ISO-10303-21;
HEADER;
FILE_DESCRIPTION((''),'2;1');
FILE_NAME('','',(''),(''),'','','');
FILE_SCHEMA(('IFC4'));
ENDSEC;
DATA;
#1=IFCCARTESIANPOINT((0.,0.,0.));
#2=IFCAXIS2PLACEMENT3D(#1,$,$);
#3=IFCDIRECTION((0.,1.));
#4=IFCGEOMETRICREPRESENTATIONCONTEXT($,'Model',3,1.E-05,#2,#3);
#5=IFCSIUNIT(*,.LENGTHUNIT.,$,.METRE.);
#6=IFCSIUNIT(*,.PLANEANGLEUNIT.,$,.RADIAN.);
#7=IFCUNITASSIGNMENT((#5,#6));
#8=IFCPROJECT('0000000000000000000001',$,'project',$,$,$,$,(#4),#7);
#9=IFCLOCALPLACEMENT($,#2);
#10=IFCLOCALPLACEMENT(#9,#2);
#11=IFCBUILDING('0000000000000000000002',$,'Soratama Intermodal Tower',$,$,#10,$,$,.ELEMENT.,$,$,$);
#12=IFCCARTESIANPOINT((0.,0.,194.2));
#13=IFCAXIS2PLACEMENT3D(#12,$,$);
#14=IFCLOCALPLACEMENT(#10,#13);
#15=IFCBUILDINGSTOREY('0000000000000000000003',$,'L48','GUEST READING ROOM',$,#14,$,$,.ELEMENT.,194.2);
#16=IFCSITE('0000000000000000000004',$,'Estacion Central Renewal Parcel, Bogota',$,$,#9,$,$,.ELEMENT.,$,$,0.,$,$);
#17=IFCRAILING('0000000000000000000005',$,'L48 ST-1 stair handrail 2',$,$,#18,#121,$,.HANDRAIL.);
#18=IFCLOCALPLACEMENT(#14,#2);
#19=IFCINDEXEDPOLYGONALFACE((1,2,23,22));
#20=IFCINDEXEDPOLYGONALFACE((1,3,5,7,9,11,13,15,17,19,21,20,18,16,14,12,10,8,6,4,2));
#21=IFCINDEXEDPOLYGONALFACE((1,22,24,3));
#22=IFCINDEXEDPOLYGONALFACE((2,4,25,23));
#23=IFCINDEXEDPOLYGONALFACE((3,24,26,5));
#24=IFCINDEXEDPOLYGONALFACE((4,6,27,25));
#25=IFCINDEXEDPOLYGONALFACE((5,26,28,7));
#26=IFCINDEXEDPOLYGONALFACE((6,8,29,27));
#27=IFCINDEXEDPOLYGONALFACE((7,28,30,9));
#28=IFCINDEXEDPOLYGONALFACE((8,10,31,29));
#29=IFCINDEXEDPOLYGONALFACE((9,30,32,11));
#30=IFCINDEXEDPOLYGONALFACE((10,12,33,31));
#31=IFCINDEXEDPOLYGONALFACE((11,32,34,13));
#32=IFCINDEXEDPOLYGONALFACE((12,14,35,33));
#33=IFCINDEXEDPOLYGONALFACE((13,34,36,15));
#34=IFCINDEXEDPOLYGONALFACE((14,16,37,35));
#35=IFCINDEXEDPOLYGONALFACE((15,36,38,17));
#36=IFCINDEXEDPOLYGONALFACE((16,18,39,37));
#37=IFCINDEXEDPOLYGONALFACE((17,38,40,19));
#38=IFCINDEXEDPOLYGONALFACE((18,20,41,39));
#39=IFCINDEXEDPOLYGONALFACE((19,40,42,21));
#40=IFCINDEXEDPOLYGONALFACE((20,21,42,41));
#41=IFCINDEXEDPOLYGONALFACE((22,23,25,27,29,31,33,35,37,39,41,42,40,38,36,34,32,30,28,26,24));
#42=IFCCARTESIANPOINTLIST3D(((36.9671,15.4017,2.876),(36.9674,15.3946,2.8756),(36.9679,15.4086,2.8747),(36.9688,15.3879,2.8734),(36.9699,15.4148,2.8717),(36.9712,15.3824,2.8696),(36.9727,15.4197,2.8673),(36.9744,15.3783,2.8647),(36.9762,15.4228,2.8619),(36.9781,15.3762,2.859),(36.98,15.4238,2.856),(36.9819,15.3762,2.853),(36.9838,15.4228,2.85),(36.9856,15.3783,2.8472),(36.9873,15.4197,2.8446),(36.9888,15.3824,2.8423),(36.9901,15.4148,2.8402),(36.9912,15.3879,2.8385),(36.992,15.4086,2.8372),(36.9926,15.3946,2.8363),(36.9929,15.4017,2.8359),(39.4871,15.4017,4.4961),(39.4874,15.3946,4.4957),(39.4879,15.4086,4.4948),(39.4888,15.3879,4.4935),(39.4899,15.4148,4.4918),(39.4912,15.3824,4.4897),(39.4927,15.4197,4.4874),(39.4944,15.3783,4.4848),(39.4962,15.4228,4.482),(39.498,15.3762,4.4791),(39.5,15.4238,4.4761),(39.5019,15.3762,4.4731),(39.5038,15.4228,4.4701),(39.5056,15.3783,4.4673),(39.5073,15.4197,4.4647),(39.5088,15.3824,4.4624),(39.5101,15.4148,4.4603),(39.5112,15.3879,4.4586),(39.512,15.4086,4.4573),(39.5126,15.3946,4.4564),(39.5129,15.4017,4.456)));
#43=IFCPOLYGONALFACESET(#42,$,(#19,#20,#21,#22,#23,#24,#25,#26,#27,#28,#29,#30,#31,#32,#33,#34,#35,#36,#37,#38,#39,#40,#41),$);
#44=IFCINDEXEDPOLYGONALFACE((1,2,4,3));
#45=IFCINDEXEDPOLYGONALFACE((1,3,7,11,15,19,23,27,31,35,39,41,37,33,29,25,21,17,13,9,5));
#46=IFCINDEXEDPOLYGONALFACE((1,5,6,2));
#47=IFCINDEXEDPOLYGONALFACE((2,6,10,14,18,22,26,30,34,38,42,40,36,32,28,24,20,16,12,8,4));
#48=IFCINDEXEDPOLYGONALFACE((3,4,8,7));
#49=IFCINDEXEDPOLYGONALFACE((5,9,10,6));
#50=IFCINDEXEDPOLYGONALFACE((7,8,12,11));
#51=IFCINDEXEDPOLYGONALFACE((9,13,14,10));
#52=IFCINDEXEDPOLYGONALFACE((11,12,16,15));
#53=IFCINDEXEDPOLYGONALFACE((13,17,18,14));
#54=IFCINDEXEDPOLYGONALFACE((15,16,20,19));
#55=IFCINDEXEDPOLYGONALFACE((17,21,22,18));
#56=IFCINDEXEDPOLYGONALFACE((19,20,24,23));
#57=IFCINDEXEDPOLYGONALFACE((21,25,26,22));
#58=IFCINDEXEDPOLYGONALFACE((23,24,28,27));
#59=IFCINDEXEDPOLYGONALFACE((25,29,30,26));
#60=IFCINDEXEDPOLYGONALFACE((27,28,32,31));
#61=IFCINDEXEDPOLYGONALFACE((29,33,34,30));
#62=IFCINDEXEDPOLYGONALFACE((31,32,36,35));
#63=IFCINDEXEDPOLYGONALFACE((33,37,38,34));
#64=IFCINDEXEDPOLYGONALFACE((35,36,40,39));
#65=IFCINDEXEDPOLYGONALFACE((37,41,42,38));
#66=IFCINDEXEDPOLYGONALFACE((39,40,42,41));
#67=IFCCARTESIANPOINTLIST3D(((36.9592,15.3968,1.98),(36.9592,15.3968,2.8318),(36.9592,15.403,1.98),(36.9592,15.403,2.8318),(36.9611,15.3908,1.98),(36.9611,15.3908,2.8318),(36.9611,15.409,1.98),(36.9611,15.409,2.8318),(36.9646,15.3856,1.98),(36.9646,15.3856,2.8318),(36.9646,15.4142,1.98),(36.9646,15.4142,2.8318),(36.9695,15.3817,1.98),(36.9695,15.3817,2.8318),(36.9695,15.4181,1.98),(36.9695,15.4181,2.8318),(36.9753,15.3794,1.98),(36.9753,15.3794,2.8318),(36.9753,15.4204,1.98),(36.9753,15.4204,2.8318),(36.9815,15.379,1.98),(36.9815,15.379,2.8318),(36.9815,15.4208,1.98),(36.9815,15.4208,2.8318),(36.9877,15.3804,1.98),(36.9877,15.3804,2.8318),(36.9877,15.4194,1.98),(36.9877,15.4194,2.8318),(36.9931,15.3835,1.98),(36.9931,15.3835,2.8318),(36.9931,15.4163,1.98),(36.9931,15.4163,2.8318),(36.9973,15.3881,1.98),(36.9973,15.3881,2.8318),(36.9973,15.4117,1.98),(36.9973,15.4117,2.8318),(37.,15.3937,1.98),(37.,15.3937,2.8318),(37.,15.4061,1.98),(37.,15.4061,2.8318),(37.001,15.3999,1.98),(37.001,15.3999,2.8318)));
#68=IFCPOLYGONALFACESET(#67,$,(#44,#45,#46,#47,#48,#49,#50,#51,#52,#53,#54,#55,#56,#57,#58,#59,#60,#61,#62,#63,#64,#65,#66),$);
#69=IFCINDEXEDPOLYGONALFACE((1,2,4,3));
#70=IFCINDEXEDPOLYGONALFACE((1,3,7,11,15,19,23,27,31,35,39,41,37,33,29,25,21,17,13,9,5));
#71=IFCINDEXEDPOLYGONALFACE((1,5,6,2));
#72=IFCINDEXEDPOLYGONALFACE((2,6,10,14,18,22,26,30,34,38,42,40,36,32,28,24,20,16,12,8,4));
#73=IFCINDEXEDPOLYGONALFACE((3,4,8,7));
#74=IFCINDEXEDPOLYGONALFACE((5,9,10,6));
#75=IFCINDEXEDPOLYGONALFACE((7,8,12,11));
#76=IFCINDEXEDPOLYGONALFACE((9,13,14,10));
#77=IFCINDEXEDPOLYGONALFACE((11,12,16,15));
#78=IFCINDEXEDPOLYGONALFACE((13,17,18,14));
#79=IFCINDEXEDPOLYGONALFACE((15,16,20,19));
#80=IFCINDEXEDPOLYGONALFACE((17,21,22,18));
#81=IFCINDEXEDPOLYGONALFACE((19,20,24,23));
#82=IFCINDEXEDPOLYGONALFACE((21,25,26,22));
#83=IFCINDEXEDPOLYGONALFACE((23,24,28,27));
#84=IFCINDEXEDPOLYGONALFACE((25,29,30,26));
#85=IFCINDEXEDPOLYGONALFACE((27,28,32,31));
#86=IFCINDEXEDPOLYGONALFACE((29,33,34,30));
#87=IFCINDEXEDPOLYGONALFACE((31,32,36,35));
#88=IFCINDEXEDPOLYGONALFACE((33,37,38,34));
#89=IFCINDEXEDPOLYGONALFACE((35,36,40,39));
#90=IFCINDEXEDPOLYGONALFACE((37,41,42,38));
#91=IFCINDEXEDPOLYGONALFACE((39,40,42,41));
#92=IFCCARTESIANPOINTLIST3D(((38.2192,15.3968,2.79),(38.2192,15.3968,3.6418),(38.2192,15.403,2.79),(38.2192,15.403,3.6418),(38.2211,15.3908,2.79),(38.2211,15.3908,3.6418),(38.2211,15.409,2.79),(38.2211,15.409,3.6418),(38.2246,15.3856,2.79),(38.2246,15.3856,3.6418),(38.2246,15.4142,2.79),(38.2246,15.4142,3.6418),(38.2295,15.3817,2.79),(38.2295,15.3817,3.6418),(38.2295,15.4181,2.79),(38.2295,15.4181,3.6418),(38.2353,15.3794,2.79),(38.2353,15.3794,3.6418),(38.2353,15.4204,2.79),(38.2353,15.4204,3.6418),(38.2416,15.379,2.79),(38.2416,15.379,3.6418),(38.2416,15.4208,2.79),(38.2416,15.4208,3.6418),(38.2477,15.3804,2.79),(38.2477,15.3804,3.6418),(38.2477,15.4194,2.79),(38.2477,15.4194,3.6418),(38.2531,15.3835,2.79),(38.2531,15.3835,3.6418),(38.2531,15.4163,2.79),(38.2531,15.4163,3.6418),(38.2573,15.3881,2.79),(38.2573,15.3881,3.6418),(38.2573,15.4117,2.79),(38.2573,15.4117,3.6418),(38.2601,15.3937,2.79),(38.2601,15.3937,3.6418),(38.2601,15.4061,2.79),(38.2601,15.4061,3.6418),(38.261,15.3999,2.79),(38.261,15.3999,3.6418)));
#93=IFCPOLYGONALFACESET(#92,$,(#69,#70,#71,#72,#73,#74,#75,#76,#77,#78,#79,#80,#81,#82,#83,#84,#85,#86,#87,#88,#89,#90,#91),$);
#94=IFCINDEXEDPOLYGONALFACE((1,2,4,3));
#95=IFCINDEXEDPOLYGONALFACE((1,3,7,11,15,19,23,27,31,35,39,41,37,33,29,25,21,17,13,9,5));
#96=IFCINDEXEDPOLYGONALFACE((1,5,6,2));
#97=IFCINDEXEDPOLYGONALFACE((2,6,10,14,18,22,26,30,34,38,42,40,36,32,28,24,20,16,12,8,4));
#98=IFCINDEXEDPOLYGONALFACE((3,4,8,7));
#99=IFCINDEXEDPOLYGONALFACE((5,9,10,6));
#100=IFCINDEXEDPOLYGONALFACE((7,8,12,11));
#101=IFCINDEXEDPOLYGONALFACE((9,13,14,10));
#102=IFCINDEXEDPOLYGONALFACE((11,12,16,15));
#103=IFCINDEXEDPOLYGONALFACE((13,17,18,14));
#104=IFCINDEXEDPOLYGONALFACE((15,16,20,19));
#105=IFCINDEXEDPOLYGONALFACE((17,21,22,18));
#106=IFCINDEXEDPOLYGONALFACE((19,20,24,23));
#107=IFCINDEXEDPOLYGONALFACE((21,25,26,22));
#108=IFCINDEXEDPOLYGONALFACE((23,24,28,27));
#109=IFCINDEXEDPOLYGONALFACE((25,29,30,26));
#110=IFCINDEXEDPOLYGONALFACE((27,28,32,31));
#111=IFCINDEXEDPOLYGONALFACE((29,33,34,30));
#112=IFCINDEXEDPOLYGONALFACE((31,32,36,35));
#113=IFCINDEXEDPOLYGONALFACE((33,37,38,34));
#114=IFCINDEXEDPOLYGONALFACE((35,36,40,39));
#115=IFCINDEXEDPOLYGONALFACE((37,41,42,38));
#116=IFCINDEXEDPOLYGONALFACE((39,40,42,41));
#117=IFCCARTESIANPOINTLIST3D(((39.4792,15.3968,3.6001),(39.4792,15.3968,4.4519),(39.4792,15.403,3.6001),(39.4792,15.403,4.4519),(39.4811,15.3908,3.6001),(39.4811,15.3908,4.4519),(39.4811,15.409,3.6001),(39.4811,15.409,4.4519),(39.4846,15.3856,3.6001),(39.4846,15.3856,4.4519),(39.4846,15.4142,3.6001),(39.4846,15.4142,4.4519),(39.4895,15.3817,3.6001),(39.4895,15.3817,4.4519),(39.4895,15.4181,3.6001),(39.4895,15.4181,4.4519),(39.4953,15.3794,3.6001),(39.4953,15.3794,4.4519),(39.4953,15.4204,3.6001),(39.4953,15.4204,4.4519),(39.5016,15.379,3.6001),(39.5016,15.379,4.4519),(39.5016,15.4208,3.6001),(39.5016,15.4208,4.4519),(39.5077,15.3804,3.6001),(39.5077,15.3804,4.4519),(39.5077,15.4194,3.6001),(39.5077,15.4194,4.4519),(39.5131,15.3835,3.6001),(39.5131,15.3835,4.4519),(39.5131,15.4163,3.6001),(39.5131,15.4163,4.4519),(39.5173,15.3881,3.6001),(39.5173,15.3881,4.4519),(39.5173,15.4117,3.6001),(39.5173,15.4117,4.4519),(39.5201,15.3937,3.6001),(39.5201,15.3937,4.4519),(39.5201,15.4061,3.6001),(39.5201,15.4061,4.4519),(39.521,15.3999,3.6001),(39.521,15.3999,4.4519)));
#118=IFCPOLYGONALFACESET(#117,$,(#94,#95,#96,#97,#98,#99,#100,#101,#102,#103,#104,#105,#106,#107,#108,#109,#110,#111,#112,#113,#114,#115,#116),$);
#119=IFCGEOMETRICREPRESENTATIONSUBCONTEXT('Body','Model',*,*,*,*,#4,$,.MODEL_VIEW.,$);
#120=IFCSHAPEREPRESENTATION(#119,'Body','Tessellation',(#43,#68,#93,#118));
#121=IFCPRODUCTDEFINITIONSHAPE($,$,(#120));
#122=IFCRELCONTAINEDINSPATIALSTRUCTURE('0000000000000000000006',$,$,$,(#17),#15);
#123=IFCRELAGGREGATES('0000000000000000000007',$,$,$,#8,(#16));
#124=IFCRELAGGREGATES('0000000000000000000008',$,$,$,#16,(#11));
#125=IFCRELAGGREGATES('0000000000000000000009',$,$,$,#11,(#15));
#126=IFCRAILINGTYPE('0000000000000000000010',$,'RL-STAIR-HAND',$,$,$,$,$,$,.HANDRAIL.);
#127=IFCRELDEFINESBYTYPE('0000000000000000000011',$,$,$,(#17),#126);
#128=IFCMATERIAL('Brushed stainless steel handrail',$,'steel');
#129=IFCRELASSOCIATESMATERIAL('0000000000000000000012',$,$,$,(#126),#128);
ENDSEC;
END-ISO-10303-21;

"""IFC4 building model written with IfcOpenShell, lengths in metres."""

from ifc_helpers import new_model, si_unit, direction, frame, origin, origin_2d, place, context, subcontext, project, spatial, circle, extrude, material, type_object, element, save


model = new_model("IFC4")

# Units and contexts
model_context = context("Model", 3, precision=1e-05, world=origin(), true_north=direction((0.0, 1.0)))
body_context = subcontext(model_context, "Body", "Model", "MODEL_VIEW")
ifc_project = project(units=[si_unit("LENGTHUNIT", "METRE"), si_unit("PLANEANGLEUNIT", "RADIAN")], contexts=[model_context])

# Site, building, storey
site_placement = place(None, origin())
site = spatial("IfcSite", under=ifc_project, at=site_placement, Name="Estacion Central Renewal Parcel, Bogota", CompositionType="ELEMENT", RefElevation=0.0)
building_placement = place(site_placement, origin())
building = spatial("IfcBuilding", under=site, at=building_placement, Name="Soratama Intermodal Tower", CompositionType="ELEMENT")
storey_placement = place(building_placement, frame((0.0, 0.0, 194.2)))
storey = spatial("IfcBuildingStorey", under=building, at=storey_placement, Name="L48", Description="GUEST READING ROOM", CompositionType="ELEMENT", Elevation=194.2)

# Railing
ifc_material_1 = material(Name="Brushed stainless steel handrail", Category="steel")
railing_type_1 = type_object("IfcRailingType", Name="RL-STAIR-HAND", PredefinedType="HANDRAIL", material=ifc_material_1)
railing_1_placement = place(storey_placement, frame((36.98, 15.3999, 1.98)))
element("IfcRailing", 1, at=railing_1_placement, inside=storey, type_object=railing_type_1, Name="L48 ST-1 stair handrail 2", PredefinedType="HANDRAIL", context=body_context, shape_type="SweptSolid", body=[
    extrude(circle(Radius=0.0239, at=origin_2d()), frame((0.0, 0.0, 0.876), z_axis=(0.841163, 0.0, 0.540782), x_axis=(0.0, 1.0, 0.0)), (0.0, 0.0, 1.0), 2.9958),
    extrude(circle(Radius=0.021, at=origin_2d()), origin(), (0.0, 0.0, 1.0), 0.8518),
    extrude(circle(Radius=0.021, at=origin_2d()), frame((1.26, 0.0, 0.8101)), (0.0, 0.0, 1.0), 0.8518),
    extrude(circle(Radius=0.021, at=origin_2d()), frame((2.52, 0.0, 1.6201)), (0.0, 0.0, 1.0), 0.8518),
])

save(model, "model.ifc")
